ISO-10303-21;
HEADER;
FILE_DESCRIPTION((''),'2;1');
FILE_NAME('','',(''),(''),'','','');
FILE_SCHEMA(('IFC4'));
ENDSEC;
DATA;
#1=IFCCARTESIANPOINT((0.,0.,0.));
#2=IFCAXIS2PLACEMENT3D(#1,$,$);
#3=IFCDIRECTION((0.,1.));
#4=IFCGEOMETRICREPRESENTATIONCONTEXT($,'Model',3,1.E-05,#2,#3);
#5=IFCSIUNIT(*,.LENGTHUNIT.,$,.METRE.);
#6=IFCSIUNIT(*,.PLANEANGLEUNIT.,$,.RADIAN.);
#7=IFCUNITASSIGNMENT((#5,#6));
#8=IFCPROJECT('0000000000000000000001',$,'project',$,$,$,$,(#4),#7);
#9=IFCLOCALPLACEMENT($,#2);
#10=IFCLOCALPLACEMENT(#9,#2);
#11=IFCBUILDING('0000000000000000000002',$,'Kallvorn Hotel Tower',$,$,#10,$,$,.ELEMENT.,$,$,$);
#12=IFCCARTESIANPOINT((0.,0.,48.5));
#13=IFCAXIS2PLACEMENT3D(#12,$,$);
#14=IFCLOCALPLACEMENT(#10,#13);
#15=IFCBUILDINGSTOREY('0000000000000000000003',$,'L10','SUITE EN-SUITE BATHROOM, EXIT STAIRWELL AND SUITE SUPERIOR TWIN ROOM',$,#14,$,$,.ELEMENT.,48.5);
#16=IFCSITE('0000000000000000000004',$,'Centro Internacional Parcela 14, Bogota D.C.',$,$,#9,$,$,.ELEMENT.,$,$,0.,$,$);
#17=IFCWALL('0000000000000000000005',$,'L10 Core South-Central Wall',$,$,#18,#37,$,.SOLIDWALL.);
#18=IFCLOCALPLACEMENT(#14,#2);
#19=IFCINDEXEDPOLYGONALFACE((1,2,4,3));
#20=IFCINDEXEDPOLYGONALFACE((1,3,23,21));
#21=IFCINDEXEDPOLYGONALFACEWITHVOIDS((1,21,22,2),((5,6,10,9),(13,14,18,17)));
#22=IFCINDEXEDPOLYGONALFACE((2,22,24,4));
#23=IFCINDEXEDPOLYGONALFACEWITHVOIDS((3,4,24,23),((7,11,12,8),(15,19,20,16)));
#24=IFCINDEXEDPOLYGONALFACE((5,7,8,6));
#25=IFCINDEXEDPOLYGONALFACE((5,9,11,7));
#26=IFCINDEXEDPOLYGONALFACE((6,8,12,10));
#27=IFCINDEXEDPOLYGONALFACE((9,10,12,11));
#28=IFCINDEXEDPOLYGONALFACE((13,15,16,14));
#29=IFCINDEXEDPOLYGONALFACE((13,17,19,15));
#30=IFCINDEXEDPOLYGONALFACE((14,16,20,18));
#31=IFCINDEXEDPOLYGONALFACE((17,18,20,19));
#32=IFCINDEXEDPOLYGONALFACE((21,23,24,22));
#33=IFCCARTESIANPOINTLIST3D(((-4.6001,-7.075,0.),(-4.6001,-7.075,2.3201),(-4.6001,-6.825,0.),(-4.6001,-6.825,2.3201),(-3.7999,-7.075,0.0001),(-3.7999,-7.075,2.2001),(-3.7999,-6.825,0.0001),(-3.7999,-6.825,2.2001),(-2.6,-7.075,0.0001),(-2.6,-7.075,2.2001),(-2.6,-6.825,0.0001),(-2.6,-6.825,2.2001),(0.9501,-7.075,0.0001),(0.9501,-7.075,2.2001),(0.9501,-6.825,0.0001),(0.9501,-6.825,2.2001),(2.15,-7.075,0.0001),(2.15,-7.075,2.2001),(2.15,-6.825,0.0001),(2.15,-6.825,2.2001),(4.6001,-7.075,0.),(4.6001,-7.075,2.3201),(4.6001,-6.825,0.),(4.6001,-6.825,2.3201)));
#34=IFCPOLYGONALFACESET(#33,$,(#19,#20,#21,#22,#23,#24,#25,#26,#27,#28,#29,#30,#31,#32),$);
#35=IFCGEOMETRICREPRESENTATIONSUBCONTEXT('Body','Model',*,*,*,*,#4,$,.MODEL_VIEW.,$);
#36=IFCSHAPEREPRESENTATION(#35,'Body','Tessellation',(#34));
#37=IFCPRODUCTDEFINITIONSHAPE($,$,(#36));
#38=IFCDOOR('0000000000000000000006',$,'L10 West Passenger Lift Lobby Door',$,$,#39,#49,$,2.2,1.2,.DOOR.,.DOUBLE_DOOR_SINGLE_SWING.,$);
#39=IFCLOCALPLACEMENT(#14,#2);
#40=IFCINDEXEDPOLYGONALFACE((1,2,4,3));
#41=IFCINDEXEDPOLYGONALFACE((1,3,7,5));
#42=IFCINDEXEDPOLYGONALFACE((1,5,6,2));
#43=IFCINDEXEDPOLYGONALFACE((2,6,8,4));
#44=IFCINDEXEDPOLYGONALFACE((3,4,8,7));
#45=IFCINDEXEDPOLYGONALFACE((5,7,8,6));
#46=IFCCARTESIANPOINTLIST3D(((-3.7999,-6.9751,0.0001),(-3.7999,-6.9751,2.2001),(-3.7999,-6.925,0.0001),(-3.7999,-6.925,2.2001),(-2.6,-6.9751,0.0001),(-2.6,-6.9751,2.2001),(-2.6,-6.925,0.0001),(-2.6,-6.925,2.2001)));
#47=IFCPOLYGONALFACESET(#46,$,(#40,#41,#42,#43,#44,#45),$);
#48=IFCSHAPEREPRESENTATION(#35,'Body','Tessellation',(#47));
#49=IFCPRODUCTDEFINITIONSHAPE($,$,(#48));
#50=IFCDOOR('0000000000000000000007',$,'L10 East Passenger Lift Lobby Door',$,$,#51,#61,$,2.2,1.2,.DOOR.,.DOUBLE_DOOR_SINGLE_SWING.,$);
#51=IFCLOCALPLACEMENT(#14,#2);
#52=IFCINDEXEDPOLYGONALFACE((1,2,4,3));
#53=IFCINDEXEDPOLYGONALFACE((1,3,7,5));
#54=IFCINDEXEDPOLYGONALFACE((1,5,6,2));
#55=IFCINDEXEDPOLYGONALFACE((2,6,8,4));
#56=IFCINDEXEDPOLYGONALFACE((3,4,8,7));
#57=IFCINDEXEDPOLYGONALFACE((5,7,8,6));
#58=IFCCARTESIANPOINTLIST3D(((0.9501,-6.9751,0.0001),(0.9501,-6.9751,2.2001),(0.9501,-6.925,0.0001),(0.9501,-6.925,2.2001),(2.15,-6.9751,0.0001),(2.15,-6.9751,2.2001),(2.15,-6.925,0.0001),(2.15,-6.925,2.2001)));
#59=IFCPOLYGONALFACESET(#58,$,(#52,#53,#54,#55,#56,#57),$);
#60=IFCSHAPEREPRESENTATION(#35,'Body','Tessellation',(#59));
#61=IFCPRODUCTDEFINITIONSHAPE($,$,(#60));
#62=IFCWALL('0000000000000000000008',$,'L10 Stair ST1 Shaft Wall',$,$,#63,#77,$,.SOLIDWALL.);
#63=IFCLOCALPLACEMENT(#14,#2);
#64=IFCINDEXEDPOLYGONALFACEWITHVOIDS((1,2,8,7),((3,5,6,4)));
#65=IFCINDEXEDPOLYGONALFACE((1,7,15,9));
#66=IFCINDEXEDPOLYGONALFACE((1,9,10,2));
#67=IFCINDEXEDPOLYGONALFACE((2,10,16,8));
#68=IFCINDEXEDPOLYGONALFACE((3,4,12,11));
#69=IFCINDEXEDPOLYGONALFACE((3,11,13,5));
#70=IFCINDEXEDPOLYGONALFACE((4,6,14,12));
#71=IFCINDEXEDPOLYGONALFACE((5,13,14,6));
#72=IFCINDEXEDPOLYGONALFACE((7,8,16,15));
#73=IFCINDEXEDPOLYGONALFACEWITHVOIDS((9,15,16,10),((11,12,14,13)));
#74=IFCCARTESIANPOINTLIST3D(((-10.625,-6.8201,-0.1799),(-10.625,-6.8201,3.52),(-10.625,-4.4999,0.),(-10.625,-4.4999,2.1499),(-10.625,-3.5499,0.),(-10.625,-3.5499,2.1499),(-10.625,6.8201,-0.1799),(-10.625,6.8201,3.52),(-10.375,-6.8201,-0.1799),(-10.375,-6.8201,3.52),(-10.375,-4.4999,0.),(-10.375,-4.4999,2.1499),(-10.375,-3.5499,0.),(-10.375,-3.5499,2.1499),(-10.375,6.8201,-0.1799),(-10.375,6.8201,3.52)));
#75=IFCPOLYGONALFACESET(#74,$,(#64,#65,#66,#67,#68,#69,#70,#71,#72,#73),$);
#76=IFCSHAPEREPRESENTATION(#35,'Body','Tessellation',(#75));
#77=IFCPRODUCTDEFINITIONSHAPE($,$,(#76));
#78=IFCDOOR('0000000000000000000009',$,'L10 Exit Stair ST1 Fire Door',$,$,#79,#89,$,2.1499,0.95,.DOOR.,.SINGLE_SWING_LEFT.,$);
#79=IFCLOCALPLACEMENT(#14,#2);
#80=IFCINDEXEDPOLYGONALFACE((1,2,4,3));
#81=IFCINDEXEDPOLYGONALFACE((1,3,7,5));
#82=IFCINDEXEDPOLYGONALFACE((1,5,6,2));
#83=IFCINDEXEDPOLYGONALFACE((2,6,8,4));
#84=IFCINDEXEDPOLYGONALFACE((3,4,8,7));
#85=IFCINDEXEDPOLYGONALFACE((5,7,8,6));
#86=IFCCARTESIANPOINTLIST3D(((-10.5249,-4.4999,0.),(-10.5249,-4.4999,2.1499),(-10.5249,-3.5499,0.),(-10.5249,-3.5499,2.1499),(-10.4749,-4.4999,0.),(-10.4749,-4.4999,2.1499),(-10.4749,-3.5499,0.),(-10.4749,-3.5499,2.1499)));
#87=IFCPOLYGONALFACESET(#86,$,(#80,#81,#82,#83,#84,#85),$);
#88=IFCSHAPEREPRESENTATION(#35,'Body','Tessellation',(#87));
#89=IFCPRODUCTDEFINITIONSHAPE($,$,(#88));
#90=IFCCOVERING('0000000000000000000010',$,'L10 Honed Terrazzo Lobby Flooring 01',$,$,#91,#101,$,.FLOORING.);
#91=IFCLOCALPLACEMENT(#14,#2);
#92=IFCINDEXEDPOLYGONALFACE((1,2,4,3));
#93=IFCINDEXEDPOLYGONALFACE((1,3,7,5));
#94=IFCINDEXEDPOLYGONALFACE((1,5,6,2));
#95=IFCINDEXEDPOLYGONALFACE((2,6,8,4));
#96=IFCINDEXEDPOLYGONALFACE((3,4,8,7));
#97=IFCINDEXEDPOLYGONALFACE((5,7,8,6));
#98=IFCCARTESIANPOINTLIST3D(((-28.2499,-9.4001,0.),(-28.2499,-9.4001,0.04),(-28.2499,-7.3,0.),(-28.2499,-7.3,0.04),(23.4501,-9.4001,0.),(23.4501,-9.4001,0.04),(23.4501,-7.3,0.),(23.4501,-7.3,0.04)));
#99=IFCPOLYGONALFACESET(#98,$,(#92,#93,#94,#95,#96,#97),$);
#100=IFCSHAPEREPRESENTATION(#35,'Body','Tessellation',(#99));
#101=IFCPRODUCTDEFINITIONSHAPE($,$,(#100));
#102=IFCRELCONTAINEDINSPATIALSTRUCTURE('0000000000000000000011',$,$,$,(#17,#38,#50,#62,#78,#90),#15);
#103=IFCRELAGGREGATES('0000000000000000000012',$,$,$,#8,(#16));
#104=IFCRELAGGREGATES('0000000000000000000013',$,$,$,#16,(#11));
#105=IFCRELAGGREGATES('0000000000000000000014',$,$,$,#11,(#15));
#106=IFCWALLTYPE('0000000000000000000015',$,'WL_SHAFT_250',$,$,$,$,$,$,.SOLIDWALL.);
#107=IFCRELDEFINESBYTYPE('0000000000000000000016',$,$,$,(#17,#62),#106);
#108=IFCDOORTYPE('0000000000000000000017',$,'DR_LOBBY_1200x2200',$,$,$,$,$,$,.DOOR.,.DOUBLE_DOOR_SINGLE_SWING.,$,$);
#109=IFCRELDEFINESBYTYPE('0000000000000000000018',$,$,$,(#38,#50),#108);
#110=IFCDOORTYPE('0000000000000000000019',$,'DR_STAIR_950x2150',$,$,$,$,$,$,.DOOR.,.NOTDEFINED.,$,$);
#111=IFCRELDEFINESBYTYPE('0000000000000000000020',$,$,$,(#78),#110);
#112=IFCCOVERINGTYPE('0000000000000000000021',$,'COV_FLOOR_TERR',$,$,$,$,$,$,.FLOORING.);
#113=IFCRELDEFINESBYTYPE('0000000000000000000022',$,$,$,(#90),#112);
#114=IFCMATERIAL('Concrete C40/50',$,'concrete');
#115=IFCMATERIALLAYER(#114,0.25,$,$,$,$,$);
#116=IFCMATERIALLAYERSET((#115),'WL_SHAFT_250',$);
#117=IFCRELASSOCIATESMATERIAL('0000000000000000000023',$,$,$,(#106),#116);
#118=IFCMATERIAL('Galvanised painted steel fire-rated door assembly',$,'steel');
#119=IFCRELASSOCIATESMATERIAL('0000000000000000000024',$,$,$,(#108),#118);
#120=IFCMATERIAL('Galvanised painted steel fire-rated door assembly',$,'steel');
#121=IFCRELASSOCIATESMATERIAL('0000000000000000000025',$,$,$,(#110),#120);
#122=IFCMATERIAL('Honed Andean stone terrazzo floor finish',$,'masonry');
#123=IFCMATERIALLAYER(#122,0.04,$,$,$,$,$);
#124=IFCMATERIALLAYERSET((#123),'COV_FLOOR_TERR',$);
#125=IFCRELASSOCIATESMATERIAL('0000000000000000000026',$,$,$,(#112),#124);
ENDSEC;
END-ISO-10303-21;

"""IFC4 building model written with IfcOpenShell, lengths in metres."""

from ifc_helpers import new_model, si_unit, direction, frame, frame_2d, origin, origin_2d, place, context, subcontext, project, spatial, rectangle, extrude, material, layer, layer_set, type_object, element, fill, save


model = new_model("IFC4")

# Units and contexts
model_context = context("Model", 3, precision=1e-05, world=origin(), true_north=direction((0.0, 1.0)))
body_context = subcontext(model_context, "Body", "Model", "MODEL_VIEW")
ifc_project = project(units=[si_unit("LENGTHUNIT", "METRE"), si_unit("PLANEANGLEUNIT", "RADIAN")], contexts=[model_context])

# Site, building, storey
site_placement = place(None, origin())
site = spatial("IfcSite", under=ifc_project, at=site_placement, Name="Centro Internacional Parcela 14, Bogota D.C.", CompositionType="ELEMENT", RefElevation=0.0)
building_placement = place(site_placement, origin())
building = spatial("IfcBuilding", under=site, at=building_placement, Name="Kallvorn Hotel Tower", CompositionType="ELEMENT")
storey_placement = place(building_placement, frame((0.0, 0.0, 48.5)))
storey = spatial("IfcBuildingStorey", under=building, at=storey_placement, Name="L10", Description="SUITE EN-SUITE BATHROOM, EXIT STAIRWELL AND SUITE SUPERIOR TWIN ROOM", CompositionType="ELEMENT", Elevation=48.5)

# Wall, openings, doors
ifc_material_1 = material(Name="Concrete C40/50", Category="concrete")
ifc_layer_1 = layer(ifc_material_1, 0.25)
ifc_layer_set_1 = layer_set([ifc_layer_1], Name="WL_SHAFT_250")
wall_type_1 = type_object("IfcWallType", Name="WL_SHAFT_250", PredefinedType="SOLIDWALL", material=ifc_layer_set_1)
wall_1_placement = place(storey_placement, frame((-4.6001, -6.95, 0.0), z_axis=(0.0, 0.0, 1.0), x_axis=(1.0, 0.0, 0.0)))
wall_1 = element("IfcWall", 1, at=wall_1_placement, inside=storey, type_object=wall_type_1, Name="L10 Core South-Central Wall", PredefinedType="SOLIDWALL", context=body_context, shape_type="SweptSolid", body=[
    extrude(rectangle(XDim=9.2002, YDim=0.25, at=frame_2d((4.6001, 0.0))), origin(), (0.0, 0.0, 1.0), 2.3201),
])
opening_1_placement = place(wall_1_placement, frame((0.8, 0.0, 0.0)))
opening_1 = element("IfcOpeningElement", 2, at=opening_1_placement, cuts=wall_1, PredefinedType="OPENING", context=body_context, shape_type="SweptSolid", body=[
    extrude(rectangle(XDim=1.2, YDim=2.2, at=frame_2d((0.6001, 1.1001))), frame((0.0, 0.1399, 0.0), z_axis=(0.0, -1.0, 0.0), x_axis=(1.0, 0.0, 0.0)), (0.0, 0.0, 1.0), 0.28),
])
opening_2_placement = place(wall_1_placement, frame((5.55, 0.0, 0.0)))
opening_2 = element("IfcOpeningElement", 3, at=opening_2_placement, cuts=wall_1, PredefinedType="OPENING", context=body_context, shape_type="SweptSolid", body=[
    extrude(rectangle(XDim=1.2, YDim=2.2, at=frame_2d((0.6001, 1.1001))), frame((0.0, 0.1399, 0.0), z_axis=(0.0, -1.0, 0.0), x_axis=(1.0, 0.0, 0.0)), (0.0, 0.0, 1.0), 0.28),
])
ifc_material_2 = material(Name="Galvanised painted steel fire-rated door assembly", Category="steel")
door_type_1 = type_object("IfcDoorType", Name="DR_LOBBY_1200x2200", OperationType="DOUBLE_DOOR_SINGLE_SWING", PredefinedType="DOOR", material=ifc_material_2)
door_1_placement = place(opening_1_placement, origin())
door_1 = element("IfcDoor", 4, at=door_1_placement, inside=storey, type_object=door_type_1, Name="L10 West Passenger Lift Lobby Door", OperationType="DOUBLE_DOOR_SINGLE_SWING", OverallHeight=2.2, OverallWidth=1.2, PredefinedType="DOOR", context=body_context, shape_type="SweptSolid", body=[
    extrude(rectangle(XDim=1.2, YDim=2.2, at=frame_2d((0.6001, 1.1001))), frame((0.0, 0.0249, 0.0), z_axis=(0.0, -1.0, 0.0), x_axis=(1.0, 0.0, 0.0)), (0.0, 0.0, 1.0), 0.05),
])
fill(opening_1, door_1)
door_2_placement = place(opening_2_placement, origin())
door_2 = element("IfcDoor", 5, at=door_2_placement, inside=storey, type_object=door_type_1, Name="L10 East Passenger Lift Lobby Door", OperationType="DOUBLE_DOOR_SINGLE_SWING", OverallHeight=2.2, OverallWidth=1.2, PredefinedType="DOOR", context=body_context, shape_type="SweptSolid", body=[
    extrude(rectangle(XDim=1.2, YDim=2.2, at=frame_2d((0.6001, 1.1001))), frame((0.0, 0.0249, 0.0), z_axis=(0.0, -1.0, 0.0), x_axis=(1.0, 0.0, 0.0)), (0.0, 0.0, 1.0), 0.05),
])
fill(opening_2, door_2)

# Wall, opening, door
wall_2_placement = place(storey_placement, frame((-10.5, -6.8201, -0.1799), z_axis=(0.0, 0.0, 1.0), x_axis=(0.0, 1.0, 0.0)))
wall_2 = element("IfcWall", 6, at=wall_2_placement, inside=storey, type_object=wall_type_1, Name="L10 Stair ST1 Shaft Wall", PredefinedType="SOLIDWALL", context=body_context, shape_type="SweptSolid", body=[
    extrude(rectangle(XDim=13.6401, YDim=0.25, at=frame_2d((6.8201, 0.0))), origin(), (0.0, 0.0, 1.0), 3.7),
])
opening_3_placement = place(wall_2_placement, frame((2.3201, 0.0, 0.1799)))
opening_3 = element("IfcOpeningElement", 7, at=opening_3_placement, cuts=wall_2, PredefinedType="OPENING", context=body_context, shape_type="SweptSolid", body=[
    extrude(rectangle(XDim=0.95, YDim=2.1499, at=frame_2d((0.4751, 1.075))), frame((0.0, 0.1399, 0.0), z_axis=(0.0, -1.0, 0.0), x_axis=(1.0, 0.0, 0.0)), (0.0, 0.0, 1.0), 0.28),
])
ifc_material_3 = material(Name="Galvanised painted steel fire-rated door assembly", Category="steel")
door_type_2 = type_object("IfcDoorType", Name="DR_STAIR_950x2150", OperationType="NOTDEFINED", PredefinedType="DOOR", material=ifc_material_3)
door_3_placement = place(opening_3_placement, origin())
door_3 = element("IfcDoor", 8, at=door_3_placement, inside=storey, type_object=door_type_2, Name="L10 Exit Stair ST1 Fire Door", OperationType="SINGLE_SWING_LEFT", OverallHeight=2.1499, OverallWidth=0.95, PredefinedType="DOOR", context=body_context, shape_type="SweptSolid", body=[
    extrude(rectangle(XDim=0.95, YDim=2.1499, at=frame_2d((0.4751, 1.075))), frame((0.0, 0.0249, 0.0), z_axis=(0.0, -1.0, 0.0), x_axis=(1.0, 0.0, 0.0)), (0.0, 0.0, 1.0), 0.05),
])
fill(opening_3, door_3)

# Covering
ifc_material_4 = material(Name="Honed Andean stone terrazzo floor finish", Category="masonry")
ifc_layer_2 = layer(ifc_material_4, 0.04)
ifc_layer_set_2 = layer_set([ifc_layer_2], Name="COV_FLOOR_TERR")
covering_type = type_object("IfcCoveringType", Name="COV_FLOOR_TERR", PredefinedType="FLOORING", material=ifc_layer_set_2)
covering_placement = place(storey_placement, frame((-2.3999, -8.3501, 0.0), z_axis=(0.0, 0.0, 1.0), x_axis=(1.0, 0.0, 0.0)))
element("IfcCovering", 9, at=covering_placement, inside=storey, type_object=covering_type, Name="L10 Honed Terrazzo Lobby Flooring 01", PredefinedType="FLOORING", context=body_context, shape_type="SweptSolid", body=[
    extrude(rectangle(XDim=51.7, YDim=2.1001, at=origin_2d()), origin(), (0.0, 0.0, 1.0), 0.04),
])

save(model, "model.ifc")
